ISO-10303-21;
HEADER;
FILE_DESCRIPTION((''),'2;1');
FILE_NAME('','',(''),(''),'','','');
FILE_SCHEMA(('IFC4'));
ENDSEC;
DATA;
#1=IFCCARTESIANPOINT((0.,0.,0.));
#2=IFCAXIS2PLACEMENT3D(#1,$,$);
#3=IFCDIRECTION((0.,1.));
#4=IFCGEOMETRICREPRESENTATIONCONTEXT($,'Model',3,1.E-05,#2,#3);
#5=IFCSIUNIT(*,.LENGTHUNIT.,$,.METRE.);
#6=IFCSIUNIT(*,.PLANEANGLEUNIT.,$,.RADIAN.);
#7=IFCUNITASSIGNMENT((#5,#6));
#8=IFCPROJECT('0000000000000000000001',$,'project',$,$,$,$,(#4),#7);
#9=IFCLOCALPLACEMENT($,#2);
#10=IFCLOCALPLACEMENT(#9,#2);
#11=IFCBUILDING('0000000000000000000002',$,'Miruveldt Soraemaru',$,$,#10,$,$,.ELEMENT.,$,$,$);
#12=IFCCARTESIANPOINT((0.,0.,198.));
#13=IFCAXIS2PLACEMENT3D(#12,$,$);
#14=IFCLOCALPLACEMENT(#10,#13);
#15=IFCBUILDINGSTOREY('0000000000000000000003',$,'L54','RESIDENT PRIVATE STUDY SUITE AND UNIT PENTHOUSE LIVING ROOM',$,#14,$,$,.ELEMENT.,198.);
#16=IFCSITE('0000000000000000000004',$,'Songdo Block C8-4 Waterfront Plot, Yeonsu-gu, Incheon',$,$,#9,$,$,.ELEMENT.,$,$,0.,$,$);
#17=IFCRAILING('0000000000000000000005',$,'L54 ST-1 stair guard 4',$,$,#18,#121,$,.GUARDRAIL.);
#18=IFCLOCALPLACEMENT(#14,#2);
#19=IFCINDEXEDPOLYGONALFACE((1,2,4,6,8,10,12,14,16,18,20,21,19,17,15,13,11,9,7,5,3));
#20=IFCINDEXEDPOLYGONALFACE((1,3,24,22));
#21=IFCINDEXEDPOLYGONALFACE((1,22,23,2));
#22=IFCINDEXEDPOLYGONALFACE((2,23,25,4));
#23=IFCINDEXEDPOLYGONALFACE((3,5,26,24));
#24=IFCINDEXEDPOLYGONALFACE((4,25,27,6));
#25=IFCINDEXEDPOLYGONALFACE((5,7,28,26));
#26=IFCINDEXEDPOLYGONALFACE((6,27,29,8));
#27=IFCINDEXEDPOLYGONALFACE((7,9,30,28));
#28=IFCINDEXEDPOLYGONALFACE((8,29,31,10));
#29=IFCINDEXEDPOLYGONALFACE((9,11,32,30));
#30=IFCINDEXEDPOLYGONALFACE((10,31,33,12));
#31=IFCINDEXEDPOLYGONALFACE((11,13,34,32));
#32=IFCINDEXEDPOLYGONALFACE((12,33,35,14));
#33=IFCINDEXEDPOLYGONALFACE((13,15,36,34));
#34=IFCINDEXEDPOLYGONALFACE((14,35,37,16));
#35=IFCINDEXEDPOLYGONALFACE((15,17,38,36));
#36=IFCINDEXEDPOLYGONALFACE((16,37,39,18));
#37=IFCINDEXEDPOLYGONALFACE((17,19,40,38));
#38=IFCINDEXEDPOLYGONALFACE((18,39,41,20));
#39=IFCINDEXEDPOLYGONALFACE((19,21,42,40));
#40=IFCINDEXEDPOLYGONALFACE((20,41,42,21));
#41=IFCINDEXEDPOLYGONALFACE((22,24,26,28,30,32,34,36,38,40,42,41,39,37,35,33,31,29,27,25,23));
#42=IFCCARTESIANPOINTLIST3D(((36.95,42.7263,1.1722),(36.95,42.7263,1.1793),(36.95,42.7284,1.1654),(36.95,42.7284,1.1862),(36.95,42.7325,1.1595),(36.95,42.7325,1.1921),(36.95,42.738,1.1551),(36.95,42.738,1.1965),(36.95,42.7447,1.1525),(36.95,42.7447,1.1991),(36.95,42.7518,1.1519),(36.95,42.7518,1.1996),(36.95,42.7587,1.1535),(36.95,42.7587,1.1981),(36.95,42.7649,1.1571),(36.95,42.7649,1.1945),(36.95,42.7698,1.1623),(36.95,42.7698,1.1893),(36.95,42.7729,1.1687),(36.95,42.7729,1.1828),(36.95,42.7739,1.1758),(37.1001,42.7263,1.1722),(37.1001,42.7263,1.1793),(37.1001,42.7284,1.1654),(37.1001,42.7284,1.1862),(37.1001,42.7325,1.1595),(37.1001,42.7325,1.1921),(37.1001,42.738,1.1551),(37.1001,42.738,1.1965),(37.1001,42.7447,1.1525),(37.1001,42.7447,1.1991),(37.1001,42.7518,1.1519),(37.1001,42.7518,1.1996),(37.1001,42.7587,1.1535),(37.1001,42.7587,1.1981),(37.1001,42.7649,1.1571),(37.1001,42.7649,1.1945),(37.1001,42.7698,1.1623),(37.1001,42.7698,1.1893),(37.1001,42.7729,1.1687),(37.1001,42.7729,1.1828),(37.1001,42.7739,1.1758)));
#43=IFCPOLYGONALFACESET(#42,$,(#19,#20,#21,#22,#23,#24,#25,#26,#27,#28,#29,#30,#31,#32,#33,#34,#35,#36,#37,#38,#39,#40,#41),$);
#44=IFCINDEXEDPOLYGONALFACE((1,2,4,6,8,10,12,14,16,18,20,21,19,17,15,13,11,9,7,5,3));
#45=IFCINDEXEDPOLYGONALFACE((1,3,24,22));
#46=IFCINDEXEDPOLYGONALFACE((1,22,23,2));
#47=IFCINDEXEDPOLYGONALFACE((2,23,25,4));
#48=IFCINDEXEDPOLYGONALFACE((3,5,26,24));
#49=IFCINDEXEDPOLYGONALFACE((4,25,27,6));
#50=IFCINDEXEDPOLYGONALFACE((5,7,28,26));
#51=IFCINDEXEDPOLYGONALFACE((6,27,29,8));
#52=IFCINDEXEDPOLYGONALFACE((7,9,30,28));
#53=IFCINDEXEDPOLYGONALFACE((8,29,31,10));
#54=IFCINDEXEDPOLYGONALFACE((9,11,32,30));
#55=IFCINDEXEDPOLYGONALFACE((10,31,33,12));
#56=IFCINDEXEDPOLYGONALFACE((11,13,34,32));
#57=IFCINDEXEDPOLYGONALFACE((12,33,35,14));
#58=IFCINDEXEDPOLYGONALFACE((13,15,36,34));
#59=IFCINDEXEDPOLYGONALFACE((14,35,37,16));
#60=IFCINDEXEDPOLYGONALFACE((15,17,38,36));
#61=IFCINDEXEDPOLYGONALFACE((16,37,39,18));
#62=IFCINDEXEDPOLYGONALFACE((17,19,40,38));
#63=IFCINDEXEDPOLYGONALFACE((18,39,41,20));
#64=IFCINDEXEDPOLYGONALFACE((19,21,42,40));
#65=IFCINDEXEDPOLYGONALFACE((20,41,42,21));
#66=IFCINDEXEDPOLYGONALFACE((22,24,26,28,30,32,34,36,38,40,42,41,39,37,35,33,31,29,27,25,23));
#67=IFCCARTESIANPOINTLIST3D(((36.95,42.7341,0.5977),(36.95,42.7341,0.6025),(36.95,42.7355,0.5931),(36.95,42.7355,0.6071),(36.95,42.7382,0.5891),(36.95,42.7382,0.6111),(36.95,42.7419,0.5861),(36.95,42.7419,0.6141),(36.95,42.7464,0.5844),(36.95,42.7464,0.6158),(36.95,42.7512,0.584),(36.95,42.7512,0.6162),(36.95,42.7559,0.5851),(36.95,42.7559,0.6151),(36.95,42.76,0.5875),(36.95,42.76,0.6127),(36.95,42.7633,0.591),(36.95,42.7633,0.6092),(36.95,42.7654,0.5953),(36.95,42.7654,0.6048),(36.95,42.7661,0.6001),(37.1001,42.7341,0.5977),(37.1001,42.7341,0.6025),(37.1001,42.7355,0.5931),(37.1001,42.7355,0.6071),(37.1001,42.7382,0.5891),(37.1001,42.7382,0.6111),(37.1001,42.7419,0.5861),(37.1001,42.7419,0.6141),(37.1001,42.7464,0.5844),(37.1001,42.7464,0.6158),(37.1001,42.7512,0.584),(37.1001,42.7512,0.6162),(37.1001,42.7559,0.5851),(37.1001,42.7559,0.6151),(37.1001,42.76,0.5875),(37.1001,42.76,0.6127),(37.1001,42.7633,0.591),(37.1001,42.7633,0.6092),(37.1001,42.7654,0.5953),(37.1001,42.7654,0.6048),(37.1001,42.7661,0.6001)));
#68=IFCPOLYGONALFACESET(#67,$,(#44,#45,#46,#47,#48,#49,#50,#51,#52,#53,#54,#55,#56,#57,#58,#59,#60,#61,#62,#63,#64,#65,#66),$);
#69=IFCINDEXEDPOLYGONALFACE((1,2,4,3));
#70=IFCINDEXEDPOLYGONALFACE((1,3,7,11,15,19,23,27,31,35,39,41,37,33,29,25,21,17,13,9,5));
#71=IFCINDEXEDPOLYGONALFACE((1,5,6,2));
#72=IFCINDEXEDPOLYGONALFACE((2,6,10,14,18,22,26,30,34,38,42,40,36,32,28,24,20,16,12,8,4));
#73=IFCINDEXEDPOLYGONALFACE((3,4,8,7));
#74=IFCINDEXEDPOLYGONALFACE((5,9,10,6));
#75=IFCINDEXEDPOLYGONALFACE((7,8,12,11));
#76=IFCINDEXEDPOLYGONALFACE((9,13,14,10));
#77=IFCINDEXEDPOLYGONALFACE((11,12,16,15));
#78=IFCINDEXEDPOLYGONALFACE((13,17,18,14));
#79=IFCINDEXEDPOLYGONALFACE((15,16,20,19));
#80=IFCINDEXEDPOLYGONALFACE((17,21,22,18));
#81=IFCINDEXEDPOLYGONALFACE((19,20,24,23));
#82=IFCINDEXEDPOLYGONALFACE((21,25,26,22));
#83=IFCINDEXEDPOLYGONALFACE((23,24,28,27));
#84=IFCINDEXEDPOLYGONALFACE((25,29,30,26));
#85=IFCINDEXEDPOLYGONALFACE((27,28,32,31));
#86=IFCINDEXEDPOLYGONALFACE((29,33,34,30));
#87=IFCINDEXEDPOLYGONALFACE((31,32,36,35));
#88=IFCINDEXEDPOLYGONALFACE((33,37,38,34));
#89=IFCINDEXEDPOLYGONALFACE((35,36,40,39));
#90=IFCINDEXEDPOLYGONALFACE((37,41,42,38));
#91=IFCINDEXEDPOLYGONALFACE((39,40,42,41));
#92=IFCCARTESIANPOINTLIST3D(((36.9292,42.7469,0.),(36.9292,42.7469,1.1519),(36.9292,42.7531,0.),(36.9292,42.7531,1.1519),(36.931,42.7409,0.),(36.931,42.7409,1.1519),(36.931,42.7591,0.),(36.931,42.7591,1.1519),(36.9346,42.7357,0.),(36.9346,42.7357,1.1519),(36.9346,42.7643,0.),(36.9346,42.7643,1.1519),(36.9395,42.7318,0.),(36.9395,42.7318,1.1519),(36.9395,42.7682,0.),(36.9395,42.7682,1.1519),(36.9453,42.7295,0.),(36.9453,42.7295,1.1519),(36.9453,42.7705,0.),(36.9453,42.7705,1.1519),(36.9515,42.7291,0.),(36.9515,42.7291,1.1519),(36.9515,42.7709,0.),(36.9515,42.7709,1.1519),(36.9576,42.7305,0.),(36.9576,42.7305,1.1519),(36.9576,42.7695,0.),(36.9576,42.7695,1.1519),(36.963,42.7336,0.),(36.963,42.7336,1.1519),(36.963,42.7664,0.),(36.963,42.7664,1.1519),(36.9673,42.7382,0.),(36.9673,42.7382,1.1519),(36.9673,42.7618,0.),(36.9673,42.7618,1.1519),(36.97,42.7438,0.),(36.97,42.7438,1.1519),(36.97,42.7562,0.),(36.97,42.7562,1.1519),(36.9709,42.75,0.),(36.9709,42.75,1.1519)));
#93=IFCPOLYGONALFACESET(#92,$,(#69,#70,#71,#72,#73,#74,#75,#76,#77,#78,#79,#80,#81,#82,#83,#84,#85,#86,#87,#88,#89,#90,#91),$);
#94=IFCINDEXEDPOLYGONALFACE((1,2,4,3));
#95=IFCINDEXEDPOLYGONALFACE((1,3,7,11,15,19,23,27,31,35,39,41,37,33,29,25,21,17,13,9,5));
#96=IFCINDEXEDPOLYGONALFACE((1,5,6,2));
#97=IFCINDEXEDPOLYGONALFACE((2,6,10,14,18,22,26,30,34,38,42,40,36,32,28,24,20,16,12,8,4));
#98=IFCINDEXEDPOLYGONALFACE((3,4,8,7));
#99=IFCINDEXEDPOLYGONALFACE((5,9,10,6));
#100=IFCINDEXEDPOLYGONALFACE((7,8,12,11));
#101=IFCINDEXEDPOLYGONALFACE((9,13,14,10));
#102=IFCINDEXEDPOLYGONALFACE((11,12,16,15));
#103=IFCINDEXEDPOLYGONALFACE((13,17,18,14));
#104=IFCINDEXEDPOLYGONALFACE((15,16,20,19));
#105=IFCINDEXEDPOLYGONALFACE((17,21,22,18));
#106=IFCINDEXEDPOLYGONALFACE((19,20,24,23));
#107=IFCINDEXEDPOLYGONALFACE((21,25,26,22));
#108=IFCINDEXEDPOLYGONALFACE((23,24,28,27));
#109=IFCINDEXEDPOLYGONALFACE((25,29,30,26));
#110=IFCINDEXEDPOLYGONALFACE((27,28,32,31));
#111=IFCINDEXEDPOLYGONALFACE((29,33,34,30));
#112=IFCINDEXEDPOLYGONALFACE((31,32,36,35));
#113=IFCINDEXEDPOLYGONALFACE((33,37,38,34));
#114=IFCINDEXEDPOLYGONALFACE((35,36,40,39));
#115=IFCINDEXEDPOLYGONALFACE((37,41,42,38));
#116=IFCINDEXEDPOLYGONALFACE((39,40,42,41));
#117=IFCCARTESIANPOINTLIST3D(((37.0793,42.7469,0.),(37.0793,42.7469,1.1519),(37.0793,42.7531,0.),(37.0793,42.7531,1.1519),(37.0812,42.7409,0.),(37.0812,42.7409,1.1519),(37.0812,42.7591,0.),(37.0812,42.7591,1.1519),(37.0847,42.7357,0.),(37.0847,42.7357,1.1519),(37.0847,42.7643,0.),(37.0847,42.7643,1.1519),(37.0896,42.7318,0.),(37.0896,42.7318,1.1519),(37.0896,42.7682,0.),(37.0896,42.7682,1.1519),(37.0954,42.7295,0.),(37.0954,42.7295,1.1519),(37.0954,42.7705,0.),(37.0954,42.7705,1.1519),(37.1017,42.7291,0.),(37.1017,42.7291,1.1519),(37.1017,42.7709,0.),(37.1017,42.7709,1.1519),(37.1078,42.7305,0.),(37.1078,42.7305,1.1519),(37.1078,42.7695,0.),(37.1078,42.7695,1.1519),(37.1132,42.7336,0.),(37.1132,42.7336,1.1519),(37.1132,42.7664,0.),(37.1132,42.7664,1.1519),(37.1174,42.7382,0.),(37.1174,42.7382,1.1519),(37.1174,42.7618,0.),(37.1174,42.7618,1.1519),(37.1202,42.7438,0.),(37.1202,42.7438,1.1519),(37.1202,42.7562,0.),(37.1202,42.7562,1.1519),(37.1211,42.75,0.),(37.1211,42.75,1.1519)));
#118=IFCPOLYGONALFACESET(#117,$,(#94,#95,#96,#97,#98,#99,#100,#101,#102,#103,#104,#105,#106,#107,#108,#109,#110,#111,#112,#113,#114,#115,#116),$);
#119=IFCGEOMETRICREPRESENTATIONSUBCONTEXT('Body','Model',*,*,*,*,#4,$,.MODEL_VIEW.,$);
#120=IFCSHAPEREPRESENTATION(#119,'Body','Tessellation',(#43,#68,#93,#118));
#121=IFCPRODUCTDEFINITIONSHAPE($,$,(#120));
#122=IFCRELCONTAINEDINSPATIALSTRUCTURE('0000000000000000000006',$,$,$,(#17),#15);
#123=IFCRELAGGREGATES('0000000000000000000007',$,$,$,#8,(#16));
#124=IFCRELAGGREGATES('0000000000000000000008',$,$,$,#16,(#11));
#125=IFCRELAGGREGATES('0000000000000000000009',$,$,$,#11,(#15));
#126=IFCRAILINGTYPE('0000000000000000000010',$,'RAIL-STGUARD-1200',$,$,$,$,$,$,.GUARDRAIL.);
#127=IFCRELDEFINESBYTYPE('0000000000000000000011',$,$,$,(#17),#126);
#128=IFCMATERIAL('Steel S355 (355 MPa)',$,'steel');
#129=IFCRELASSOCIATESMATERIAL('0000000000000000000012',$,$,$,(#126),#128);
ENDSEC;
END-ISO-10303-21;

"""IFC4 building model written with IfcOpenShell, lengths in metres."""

from ifc_helpers import new_model, si_unit, direction, frame, origin, origin_2d, place, context, subcontext, project, spatial, circle, extrude, material, type_object, element, save


model = new_model("IFC4")

# Units and contexts
model_context = context("Model", 3, precision=1e-05, world=origin(), true_north=direction((0.0, 1.0)))
body_context = subcontext(model_context, "Body", "Model", "MODEL_VIEW")
ifc_project = project(units=[si_unit("LENGTHUNIT", "METRE"), si_unit("PLANEANGLEUNIT", "RADIAN")], contexts=[model_context])

# Site, building, storey
site_placement = place(None, origin())
site = spatial("IfcSite", under=ifc_project, at=site_placement, Name="Songdo Block C8-4 Waterfront Plot, Yeonsu-gu, Incheon", CompositionType="ELEMENT", RefElevation=0.0)
building_placement = place(site_placement, origin())
building = spatial("IfcBuilding", under=site, at=building_placement, Name="Miruveldt Soraemaru", CompositionType="ELEMENT")
storey_placement = place(building_placement, frame((0.0, 0.0, 198.0)))
storey = spatial("IfcBuildingStorey", under=building, at=storey_placement, Name="L54", Description="RESIDENT PRIVATE STUDY SUITE AND UNIT PENTHOUSE LIVING ROOM", CompositionType="ELEMENT", Elevation=198.0)

# Railing
ifc_material_1 = material(Name="Steel S355 (355 MPa)", Category="steel")
railing_type_1 = type_object("IfcRailingType", Name="RAIL-STGUARD-1200", PredefinedType="GUARDRAIL", material=ifc_material_1)
railing_1_placement = place(storey_placement, frame((36.95, 42.75, 0.0)))
element("IfcRailing", 1, at=railing_1_placement, inside=storey, type_object=railing_type_1, Name="L54 ST-1 stair guard 4", PredefinedType="GUARDRAIL", context=body_context, shape_type="SweptSolid", body=[
    extrude(circle(Radius=0.0239, at=origin_2d()), frame((0.0, 0.0, 1.1758), z_axis=(1.0, 0.0, 0.0), x_axis=(0.0, 1.0, 0.0)), (0.0, 0.0, 1.0), 0.1501),
    extrude(circle(Radius=0.0161, at=origin_2d()), frame((0.0, 0.0, 0.6001), z_axis=(1.0, 0.0, 0.0), x_axis=(0.0, 1.0, 0.0)), (0.0, 0.0, 1.0), 0.1501),
    extrude(circle(Radius=0.021, at=origin_2d()), origin(), (0.0, 0.0, 1.0), 1.1519),
    extrude(circle(Radius=0.021, at=origin_2d()), frame((0.1501, 0.0, 0.0)), (0.0, 0.0, 1.0), 1.1519),
])

save(model, "model.ifc")
